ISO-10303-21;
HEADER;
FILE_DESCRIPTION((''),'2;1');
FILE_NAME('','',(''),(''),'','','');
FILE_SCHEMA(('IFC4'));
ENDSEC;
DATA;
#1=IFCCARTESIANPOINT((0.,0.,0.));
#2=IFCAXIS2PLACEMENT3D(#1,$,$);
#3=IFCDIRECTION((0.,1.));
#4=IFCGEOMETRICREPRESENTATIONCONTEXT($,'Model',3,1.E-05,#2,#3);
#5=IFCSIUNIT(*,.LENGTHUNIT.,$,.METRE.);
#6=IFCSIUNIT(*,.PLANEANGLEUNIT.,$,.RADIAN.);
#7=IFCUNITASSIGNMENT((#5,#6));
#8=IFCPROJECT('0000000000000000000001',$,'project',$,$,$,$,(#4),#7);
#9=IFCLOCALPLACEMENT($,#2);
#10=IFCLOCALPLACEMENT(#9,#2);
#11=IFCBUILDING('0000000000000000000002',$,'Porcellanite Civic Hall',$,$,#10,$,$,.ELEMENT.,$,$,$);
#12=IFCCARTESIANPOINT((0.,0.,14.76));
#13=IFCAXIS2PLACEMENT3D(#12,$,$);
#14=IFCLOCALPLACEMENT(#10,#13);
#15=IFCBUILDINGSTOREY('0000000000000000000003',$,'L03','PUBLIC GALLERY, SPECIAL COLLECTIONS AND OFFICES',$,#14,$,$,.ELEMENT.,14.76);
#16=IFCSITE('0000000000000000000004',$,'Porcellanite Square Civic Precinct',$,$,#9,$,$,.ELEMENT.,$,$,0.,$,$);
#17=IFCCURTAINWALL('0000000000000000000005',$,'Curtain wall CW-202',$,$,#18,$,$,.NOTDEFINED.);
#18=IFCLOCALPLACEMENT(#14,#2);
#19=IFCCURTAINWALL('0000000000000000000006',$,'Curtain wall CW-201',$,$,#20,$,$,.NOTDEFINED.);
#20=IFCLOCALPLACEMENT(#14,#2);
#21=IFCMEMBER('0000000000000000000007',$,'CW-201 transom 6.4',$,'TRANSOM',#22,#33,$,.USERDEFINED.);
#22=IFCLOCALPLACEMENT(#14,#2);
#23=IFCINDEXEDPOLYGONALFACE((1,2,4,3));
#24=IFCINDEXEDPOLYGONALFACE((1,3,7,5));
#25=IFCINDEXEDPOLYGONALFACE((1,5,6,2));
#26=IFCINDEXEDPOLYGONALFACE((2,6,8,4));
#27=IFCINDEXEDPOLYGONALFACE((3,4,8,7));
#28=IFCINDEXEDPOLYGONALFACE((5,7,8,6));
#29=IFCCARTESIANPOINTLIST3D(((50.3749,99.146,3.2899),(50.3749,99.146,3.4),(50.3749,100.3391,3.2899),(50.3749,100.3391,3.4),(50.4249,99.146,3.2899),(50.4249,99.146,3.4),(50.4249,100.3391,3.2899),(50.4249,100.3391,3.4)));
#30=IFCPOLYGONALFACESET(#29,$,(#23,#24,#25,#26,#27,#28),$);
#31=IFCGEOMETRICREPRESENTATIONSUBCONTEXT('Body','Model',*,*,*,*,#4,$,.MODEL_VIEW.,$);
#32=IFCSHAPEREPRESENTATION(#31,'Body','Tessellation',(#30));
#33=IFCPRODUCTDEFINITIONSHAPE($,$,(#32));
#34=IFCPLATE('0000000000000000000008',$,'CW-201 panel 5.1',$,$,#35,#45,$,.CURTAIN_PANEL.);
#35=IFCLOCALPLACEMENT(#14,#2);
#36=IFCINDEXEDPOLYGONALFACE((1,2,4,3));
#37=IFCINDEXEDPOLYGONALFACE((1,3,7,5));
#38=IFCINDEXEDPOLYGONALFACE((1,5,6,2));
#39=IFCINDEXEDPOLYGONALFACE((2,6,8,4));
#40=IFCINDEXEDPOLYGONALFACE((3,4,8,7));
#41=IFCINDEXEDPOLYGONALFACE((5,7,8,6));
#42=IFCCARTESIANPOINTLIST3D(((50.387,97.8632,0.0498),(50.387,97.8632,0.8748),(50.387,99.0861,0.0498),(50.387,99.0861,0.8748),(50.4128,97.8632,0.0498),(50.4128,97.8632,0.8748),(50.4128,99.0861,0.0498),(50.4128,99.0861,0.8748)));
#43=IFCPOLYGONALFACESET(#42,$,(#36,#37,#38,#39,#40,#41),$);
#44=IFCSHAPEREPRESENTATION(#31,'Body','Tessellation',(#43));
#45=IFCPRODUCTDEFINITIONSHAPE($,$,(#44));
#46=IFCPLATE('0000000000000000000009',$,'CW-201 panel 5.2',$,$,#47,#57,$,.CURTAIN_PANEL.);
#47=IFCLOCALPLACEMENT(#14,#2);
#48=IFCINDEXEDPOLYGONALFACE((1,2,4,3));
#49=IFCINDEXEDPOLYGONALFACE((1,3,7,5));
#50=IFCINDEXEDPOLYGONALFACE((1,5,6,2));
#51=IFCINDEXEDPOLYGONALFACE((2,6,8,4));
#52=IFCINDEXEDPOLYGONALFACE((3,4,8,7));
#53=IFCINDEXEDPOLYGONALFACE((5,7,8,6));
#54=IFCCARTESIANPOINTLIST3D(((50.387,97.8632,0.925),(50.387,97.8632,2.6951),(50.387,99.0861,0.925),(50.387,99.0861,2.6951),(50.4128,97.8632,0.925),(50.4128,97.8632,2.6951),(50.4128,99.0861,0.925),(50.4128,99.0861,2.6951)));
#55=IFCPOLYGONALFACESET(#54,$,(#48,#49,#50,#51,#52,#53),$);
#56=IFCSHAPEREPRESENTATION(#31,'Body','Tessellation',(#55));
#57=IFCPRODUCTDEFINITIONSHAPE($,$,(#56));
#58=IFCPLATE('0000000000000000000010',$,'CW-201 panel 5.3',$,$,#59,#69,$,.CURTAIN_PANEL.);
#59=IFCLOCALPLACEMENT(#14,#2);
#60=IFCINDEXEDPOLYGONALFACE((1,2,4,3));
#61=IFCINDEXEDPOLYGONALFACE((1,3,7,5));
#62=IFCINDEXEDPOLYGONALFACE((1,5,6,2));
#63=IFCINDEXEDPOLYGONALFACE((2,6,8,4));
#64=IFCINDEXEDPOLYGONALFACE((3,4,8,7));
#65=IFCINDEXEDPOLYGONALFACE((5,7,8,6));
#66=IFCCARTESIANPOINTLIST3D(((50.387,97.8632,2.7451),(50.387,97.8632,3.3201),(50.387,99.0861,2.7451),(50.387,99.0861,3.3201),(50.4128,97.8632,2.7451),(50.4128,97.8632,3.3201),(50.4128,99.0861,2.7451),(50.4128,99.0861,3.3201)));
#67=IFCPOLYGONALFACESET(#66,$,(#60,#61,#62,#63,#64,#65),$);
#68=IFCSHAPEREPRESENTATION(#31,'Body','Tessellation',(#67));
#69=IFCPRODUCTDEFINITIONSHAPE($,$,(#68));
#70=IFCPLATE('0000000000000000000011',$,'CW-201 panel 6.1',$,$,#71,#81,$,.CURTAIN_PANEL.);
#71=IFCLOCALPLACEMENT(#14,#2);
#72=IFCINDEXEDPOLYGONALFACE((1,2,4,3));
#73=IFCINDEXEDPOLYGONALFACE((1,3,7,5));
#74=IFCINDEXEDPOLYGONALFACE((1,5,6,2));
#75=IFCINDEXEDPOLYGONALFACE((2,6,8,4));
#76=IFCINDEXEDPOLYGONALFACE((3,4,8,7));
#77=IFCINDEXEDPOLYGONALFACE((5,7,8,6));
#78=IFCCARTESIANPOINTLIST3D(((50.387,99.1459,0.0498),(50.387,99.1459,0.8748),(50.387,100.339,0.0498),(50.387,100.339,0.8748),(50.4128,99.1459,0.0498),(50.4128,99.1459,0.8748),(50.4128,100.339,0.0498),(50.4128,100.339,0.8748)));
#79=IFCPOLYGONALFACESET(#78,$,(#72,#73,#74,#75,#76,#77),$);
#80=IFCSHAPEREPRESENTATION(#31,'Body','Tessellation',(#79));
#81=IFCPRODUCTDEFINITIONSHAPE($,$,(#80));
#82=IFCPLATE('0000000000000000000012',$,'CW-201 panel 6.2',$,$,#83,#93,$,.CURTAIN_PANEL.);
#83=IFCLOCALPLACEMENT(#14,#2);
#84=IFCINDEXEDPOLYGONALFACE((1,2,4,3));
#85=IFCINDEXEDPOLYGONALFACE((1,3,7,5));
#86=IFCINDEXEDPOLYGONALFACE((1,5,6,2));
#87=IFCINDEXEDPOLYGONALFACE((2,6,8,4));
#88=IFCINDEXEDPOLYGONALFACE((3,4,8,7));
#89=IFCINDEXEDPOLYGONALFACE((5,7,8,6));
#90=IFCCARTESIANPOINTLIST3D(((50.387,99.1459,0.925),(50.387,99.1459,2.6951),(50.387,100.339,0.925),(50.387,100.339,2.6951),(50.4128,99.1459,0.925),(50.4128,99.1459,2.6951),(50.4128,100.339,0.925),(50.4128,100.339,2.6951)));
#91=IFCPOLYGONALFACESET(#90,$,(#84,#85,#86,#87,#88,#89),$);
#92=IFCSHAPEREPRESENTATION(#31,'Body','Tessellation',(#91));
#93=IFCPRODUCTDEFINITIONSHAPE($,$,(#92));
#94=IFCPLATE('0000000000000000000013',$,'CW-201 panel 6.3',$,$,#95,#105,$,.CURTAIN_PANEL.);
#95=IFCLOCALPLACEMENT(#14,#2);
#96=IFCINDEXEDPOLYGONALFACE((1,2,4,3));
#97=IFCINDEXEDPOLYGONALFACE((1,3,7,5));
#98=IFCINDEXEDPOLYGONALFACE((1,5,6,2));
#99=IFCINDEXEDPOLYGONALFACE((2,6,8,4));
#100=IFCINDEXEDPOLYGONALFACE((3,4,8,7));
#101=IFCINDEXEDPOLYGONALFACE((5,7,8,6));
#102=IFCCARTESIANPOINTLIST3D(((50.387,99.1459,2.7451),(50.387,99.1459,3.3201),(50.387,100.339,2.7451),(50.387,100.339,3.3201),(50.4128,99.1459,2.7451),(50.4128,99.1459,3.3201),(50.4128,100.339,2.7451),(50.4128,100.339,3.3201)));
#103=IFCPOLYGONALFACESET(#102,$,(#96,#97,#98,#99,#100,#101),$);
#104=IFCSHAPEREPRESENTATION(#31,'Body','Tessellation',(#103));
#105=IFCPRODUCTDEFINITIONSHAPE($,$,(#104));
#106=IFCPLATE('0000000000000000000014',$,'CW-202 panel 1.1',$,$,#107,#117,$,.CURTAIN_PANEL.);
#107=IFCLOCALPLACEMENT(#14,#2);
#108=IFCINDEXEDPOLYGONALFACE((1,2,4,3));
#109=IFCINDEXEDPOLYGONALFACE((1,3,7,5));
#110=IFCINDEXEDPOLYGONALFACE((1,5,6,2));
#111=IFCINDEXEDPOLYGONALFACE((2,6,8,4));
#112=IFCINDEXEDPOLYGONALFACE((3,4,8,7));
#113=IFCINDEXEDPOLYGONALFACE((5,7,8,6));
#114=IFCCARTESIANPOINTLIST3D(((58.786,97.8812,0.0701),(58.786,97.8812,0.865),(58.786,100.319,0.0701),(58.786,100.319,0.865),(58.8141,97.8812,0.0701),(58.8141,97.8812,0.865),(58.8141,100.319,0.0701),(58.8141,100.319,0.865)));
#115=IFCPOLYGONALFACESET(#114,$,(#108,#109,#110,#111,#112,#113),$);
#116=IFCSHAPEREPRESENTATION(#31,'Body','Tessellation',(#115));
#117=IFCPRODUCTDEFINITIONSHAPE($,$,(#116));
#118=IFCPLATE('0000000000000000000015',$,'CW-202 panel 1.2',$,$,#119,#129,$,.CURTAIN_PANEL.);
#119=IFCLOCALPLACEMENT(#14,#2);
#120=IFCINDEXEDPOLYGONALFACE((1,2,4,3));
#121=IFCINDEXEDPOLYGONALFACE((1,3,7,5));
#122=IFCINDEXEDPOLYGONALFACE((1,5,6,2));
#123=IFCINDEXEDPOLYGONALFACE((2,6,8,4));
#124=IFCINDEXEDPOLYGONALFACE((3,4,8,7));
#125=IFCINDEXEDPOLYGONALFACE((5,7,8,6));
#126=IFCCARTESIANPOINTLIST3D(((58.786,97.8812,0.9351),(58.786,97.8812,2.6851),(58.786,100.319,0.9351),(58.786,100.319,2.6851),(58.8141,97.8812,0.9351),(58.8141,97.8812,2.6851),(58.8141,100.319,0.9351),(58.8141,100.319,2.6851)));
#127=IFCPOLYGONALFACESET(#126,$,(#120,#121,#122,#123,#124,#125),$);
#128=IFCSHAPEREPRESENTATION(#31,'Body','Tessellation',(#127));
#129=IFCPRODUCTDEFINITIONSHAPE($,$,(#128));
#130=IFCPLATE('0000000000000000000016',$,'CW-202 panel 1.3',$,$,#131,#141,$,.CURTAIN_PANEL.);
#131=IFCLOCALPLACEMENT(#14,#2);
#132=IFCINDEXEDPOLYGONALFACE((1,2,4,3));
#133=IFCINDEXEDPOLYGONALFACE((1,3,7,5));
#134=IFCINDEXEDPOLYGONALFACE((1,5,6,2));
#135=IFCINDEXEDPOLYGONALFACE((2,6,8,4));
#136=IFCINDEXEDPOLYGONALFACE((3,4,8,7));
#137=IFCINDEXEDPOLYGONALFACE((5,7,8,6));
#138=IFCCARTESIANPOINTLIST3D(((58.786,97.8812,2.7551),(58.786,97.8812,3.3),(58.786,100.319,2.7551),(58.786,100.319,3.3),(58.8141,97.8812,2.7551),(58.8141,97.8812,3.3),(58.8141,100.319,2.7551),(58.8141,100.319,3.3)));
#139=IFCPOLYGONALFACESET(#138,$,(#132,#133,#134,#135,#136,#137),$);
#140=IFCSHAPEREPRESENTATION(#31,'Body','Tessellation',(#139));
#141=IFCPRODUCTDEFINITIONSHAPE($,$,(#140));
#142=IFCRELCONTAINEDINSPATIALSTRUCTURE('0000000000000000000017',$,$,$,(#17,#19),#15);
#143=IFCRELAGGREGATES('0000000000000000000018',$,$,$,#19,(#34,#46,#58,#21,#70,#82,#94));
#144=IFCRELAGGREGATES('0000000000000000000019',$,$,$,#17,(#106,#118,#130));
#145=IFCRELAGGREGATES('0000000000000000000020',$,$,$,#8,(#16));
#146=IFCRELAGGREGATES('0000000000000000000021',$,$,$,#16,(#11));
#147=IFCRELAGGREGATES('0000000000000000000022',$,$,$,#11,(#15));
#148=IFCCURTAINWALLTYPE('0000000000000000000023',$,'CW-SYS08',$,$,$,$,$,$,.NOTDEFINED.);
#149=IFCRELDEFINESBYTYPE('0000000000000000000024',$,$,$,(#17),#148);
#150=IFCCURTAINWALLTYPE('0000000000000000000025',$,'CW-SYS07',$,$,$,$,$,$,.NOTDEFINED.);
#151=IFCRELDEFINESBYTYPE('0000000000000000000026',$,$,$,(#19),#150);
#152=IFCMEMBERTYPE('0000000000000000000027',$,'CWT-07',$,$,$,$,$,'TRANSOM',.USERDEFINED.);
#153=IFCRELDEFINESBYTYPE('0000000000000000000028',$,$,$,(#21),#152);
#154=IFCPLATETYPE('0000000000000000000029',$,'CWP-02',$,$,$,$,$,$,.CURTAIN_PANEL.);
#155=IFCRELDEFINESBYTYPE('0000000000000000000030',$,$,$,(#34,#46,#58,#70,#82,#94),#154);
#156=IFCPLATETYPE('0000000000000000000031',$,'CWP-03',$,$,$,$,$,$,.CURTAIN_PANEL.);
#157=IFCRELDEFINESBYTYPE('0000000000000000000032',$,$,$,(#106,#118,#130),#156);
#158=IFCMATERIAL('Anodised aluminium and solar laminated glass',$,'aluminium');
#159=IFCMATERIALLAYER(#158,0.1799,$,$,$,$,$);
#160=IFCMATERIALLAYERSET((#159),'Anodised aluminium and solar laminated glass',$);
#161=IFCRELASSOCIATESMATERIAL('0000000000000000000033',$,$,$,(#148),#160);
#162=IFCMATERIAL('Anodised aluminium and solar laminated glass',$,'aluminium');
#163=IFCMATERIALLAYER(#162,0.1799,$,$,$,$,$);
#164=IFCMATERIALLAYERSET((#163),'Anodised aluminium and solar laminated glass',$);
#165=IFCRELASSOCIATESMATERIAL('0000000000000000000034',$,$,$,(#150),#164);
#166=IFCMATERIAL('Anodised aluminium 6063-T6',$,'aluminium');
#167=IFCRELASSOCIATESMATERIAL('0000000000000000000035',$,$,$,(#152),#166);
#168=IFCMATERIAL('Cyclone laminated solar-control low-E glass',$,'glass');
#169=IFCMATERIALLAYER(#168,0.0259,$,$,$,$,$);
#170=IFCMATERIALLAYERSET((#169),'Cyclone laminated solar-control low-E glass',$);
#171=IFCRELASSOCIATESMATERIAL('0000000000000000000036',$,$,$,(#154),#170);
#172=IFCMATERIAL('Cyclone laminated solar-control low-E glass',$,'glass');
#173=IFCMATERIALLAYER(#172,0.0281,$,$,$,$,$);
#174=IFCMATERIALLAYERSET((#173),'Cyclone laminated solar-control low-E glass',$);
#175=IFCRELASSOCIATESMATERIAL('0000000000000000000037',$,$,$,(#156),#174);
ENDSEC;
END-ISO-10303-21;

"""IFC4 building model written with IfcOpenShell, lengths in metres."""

from ifc_helpers import new_model, si_unit, direction, frame, origin, origin_2d, place, context, subcontext, project, spatial, rectangle, extrude, material, layer, layer_set, material_profile, profile_set, type_object, element, aggregate, save


model = new_model("IFC4")

# Units and contexts
model_context = context("Model", 3, precision=1e-05, world=origin(), true_north=direction((0.0, 1.0)))
body_context = subcontext(model_context, "Body", "Model", "MODEL_VIEW")
ifc_project = project(units=[si_unit("LENGTHUNIT", "METRE"), si_unit("PLANEANGLEUNIT", "RADIAN")], contexts=[model_context])

# Site, building, storey
site_placement = place(None, origin())
site = spatial("IfcSite", under=ifc_project, at=site_placement, Name="Porcellanite Square Civic Precinct", CompositionType="ELEMENT", RefElevation=0.0)
building_placement = place(site_placement, origin())
building = spatial("IfcBuilding", under=site, at=building_placement, Name="Porcellanite Civic Hall", CompositionType="ELEMENT")
storey_placement = place(building_placement, frame((0.0, 0.0, 14.76)))
storey = spatial("IfcBuildingStorey", under=building, at=storey_placement, Name="L03", Description="PUBLIC GALLERY, SPECIAL COLLECTIONS AND OFFICES", CompositionType="ELEMENT", Elevation=14.76)

# Curtain wall
ifc_material_1 = material(Name="Anodised aluminium and solar laminated glass", Category="aluminium")
ifc_layer_1 = layer(ifc_material_1, 0.1799)
ifc_layer_set_1 = layer_set([ifc_layer_1], Name="Anodised aluminium and solar laminated glass")
curtain_wall_type_1 = type_object("IfcCurtainWallType", Name="CW-SYS08", PredefinedType="NOTDEFINED", material=ifc_layer_set_1)
curtain_wall_1_placement = place(storey_placement, origin())
curtain_wall_1 = element("IfcCurtainWall", 1, at=curtain_wall_1_placement, inside=storey, type_object=curtain_wall_type_1, Name="Curtain wall CW-202", PredefinedType="NOTDEFINED")

# Curtain wall
ifc_material_2 = material(Name="Anodised aluminium and solar laminated glass", Category="aluminium")
ifc_layer_2 = layer(ifc_material_2, 0.1799)
ifc_layer_set_2 = layer_set([ifc_layer_2], Name="Anodised aluminium and solar laminated glass")
curtain_wall_type_2 = type_object("IfcCurtainWallType", Name="CW-SYS07", PredefinedType="NOTDEFINED", material=ifc_layer_set_2)
curtain_wall_2_placement = place(storey_placement, origin())
curtain_wall_2 = element("IfcCurtainWall", 2, at=curtain_wall_2_placement, inside=storey, type_object=curtain_wall_type_2, Name="Curtain wall CW-201", PredefinedType="NOTDEFINED")

# Member
ifc_material_3 = material(Name="Anodised aluminium 6063-T6", Category="aluminium")
ifc_material_profile_1 = material_profile(ifc_material_3, rectangle(XDim=0.05, YDim=0.1101, at=origin_2d()), Name="AL-50x110")
ifc_profile_set_1 = profile_set([ifc_material_profile_1], Name="Anodised aluminium 6063-T6")
member_type_1 = type_object("IfcMemberType", Name="CWT-07", ElementType="TRANSOM", PredefinedType="USERDEFINED", material=ifc_profile_set_1)
member_1_placement = place(storey_placement, frame((50.3999, 99.146, 3.345), z_axis=(0.0, 1.0, 0.0), x_axis=(-1.0, 0.0, 0.0)))
member_1 = element("IfcMember", 3, at=member_1_placement, type_object=member_type_1, Name="CW-201 transom 6.4", ObjectType="TRANSOM", PredefinedType="USERDEFINED", context=body_context, shape_type="SweptSolid", body=[
    extrude(rectangle(XDim=0.05, YDim=0.1101, at=origin_2d()), origin(), (0.0, 0.0, 1.0), 1.1931),
])

# Plates
ifc_material_4 = material(Name="Cyclone laminated solar-control low-E glass", Category="glass")
ifc_layer_3 = layer(ifc_material_4, 0.0259)
ifc_layer_set_3 = layer_set([ifc_layer_3], Name="Cyclone laminated solar-control low-E glass")
plate_type_1 = type_object("IfcPlateType", Name="CWP-02", PredefinedType="CURTAIN_PANEL", material=ifc_layer_set_3)
plate_1_placement = place(storey_placement, frame((50.3999, 98.4746, 0.0498), z_axis=(0.0, 0.0, 1.0), x_axis=(0.0, 1.0, 0.0)))
plate_1 = element("IfcPlate", 4, at=plate_1_placement, type_object=plate_type_1, Name="CW-201 panel 5.1", PredefinedType="CURTAIN_PANEL", context=body_context, shape_type="SweptSolid", body=[
    extrude(rectangle(XDim=1.2229, YDim=0.0259, at=origin_2d()), origin(), (0.0, 0.0, 1.0), 0.825),
])
plate_2_placement = place(storey_placement, frame((50.3999, 98.4746, 0.925), z_axis=(0.0, 0.0, 1.0), x_axis=(0.0, 1.0, 0.0)))
plate_2 = element("IfcPlate", 5, at=plate_2_placement, type_object=plate_type_1, Name="CW-201 panel 5.2", PredefinedType="CURTAIN_PANEL", context=body_context, shape_type="SweptSolid", body=[
    extrude(rectangle(XDim=1.2229, YDim=0.0259, at=origin_2d()), origin(), (0.0, 0.0, 1.0), 1.77),
])
plate_3_placement = place(storey_placement, frame((50.3999, 98.4746, 2.7451), z_axis=(0.0, 0.0, 1.0), x_axis=(0.0, 1.0, 0.0)))
plate_3 = element("IfcPlate", 6, at=plate_3_placement, type_object=plate_type_1, Name="CW-201 panel 5.3", PredefinedType="CURTAIN_PANEL", context=body_context, shape_type="SweptSolid", body=[
    extrude(rectangle(XDim=1.2229, YDim=0.0259, at=origin_2d()), origin(), (0.0, 0.0, 1.0), 0.575),
])
plate_4_placement = place(storey_placement, frame((50.3999, 99.7424, 0.0498), z_axis=(0.0, 0.0, 1.0), x_axis=(0.0, 1.0, 0.0)))
plate_4 = element("IfcPlate", 7, at=plate_4_placement, type_object=plate_type_1, Name="CW-201 panel 6.1", PredefinedType="CURTAIN_PANEL", context=body_context, shape_type="SweptSolid", body=[
    extrude(rectangle(XDim=1.1931, YDim=0.0259, at=origin_2d()), origin(), (0.0, 0.0, 1.0), 0.825),
])
plate_5_placement = place(storey_placement, frame((50.3999, 99.7424, 0.925), z_axis=(0.0, 0.0, 1.0), x_axis=(0.0, 1.0, 0.0)))
plate_5 = element("IfcPlate", 8, at=plate_5_placement, type_object=plate_type_1, Name="CW-201 panel 6.2", PredefinedType="CURTAIN_PANEL", context=body_context, shape_type="SweptSolid", body=[
    extrude(rectangle(XDim=1.1931, YDim=0.0259, at=origin_2d()), origin(), (0.0, 0.0, 1.0), 1.77),
])
plate_6_placement = place(storey_placement, frame((50.3999, 99.7424, 2.7451), z_axis=(0.0, 0.0, 1.0), x_axis=(0.0, 1.0, 0.0)))
plate_6 = element("IfcPlate", 9, at=plate_6_placement, type_object=plate_type_1, Name="CW-201 panel 6.3", PredefinedType="CURTAIN_PANEL", context=body_context, shape_type="SweptSolid", body=[
    extrude(rectangle(XDim=1.1931, YDim=0.0259, at=origin_2d()), origin(), (0.0, 0.0, 1.0), 0.575),
])
aggregate(curtain_wall_2, [plate_1, plate_2, plate_3, member_1, plate_4, plate_5, plate_6])
ifc_material_5 = material(Name="Cyclone laminated solar-control low-E glass", Category="glass")
ifc_layer_4 = layer(ifc_material_5, 0.0281)
ifc_layer_set_4 = layer_set([ifc_layer_4], Name="Cyclone laminated solar-control low-E glass")
plate_type_2 = type_object("IfcPlateType", Name="CWP-03", PredefinedType="CURTAIN_PANEL", material=ifc_layer_set_4)
plate_7_placement = place(storey_placement, frame((58.8, 99.1001, 0.0701), z_axis=(0.0, 0.0, 1.0), x_axis=(0.0, -1.0, 0.0)))
plate_7 = element("IfcPlate", 10, at=plate_7_placement, type_object=plate_type_2, Name="CW-202 panel 1.1", PredefinedType="CURTAIN_PANEL", context=body_context, shape_type="SweptSolid", body=[
    extrude(rectangle(XDim=2.4377, YDim=0.0281, at=origin_2d()), origin(), (0.0, 0.0, 1.0), 0.7949),
])
plate_8_placement = place(storey_placement, frame((58.8, 99.1001, 0.9351), z_axis=(0.0, 0.0, 1.0), x_axis=(0.0, -1.0, 0.0)))
plate_8 = element("IfcPlate", 11, at=plate_8_placement, type_object=plate_type_2, Name="CW-202 panel 1.2", PredefinedType="CURTAIN_PANEL", context=body_context, shape_type="SweptSolid", body=[
    extrude(rectangle(XDim=2.4377, YDim=0.0281, at=origin_2d()), origin(), (0.0, 0.0, 1.0), 1.75),
])
plate_9_placement = place(storey_placement, frame((58.8, 99.1001, 2.7551), z_axis=(0.0, 0.0, 1.0), x_axis=(0.0, -1.0, 0.0)))
plate_9 = element("IfcPlate", 12, at=plate_9_placement, type_object=plate_type_2, Name="CW-202 panel 1.3", PredefinedType="CURTAIN_PANEL", context=body_context, shape_type="SweptSolid", body=[
    extrude(rectangle(XDim=2.4377, YDim=0.0281, at=origin_2d()), origin(), (0.0, 0.0, 1.0), 0.5449),
])
aggregate(curtain_wall_1, [plate_7, plate_8, plate_9])

save(model, "model.ifc")
